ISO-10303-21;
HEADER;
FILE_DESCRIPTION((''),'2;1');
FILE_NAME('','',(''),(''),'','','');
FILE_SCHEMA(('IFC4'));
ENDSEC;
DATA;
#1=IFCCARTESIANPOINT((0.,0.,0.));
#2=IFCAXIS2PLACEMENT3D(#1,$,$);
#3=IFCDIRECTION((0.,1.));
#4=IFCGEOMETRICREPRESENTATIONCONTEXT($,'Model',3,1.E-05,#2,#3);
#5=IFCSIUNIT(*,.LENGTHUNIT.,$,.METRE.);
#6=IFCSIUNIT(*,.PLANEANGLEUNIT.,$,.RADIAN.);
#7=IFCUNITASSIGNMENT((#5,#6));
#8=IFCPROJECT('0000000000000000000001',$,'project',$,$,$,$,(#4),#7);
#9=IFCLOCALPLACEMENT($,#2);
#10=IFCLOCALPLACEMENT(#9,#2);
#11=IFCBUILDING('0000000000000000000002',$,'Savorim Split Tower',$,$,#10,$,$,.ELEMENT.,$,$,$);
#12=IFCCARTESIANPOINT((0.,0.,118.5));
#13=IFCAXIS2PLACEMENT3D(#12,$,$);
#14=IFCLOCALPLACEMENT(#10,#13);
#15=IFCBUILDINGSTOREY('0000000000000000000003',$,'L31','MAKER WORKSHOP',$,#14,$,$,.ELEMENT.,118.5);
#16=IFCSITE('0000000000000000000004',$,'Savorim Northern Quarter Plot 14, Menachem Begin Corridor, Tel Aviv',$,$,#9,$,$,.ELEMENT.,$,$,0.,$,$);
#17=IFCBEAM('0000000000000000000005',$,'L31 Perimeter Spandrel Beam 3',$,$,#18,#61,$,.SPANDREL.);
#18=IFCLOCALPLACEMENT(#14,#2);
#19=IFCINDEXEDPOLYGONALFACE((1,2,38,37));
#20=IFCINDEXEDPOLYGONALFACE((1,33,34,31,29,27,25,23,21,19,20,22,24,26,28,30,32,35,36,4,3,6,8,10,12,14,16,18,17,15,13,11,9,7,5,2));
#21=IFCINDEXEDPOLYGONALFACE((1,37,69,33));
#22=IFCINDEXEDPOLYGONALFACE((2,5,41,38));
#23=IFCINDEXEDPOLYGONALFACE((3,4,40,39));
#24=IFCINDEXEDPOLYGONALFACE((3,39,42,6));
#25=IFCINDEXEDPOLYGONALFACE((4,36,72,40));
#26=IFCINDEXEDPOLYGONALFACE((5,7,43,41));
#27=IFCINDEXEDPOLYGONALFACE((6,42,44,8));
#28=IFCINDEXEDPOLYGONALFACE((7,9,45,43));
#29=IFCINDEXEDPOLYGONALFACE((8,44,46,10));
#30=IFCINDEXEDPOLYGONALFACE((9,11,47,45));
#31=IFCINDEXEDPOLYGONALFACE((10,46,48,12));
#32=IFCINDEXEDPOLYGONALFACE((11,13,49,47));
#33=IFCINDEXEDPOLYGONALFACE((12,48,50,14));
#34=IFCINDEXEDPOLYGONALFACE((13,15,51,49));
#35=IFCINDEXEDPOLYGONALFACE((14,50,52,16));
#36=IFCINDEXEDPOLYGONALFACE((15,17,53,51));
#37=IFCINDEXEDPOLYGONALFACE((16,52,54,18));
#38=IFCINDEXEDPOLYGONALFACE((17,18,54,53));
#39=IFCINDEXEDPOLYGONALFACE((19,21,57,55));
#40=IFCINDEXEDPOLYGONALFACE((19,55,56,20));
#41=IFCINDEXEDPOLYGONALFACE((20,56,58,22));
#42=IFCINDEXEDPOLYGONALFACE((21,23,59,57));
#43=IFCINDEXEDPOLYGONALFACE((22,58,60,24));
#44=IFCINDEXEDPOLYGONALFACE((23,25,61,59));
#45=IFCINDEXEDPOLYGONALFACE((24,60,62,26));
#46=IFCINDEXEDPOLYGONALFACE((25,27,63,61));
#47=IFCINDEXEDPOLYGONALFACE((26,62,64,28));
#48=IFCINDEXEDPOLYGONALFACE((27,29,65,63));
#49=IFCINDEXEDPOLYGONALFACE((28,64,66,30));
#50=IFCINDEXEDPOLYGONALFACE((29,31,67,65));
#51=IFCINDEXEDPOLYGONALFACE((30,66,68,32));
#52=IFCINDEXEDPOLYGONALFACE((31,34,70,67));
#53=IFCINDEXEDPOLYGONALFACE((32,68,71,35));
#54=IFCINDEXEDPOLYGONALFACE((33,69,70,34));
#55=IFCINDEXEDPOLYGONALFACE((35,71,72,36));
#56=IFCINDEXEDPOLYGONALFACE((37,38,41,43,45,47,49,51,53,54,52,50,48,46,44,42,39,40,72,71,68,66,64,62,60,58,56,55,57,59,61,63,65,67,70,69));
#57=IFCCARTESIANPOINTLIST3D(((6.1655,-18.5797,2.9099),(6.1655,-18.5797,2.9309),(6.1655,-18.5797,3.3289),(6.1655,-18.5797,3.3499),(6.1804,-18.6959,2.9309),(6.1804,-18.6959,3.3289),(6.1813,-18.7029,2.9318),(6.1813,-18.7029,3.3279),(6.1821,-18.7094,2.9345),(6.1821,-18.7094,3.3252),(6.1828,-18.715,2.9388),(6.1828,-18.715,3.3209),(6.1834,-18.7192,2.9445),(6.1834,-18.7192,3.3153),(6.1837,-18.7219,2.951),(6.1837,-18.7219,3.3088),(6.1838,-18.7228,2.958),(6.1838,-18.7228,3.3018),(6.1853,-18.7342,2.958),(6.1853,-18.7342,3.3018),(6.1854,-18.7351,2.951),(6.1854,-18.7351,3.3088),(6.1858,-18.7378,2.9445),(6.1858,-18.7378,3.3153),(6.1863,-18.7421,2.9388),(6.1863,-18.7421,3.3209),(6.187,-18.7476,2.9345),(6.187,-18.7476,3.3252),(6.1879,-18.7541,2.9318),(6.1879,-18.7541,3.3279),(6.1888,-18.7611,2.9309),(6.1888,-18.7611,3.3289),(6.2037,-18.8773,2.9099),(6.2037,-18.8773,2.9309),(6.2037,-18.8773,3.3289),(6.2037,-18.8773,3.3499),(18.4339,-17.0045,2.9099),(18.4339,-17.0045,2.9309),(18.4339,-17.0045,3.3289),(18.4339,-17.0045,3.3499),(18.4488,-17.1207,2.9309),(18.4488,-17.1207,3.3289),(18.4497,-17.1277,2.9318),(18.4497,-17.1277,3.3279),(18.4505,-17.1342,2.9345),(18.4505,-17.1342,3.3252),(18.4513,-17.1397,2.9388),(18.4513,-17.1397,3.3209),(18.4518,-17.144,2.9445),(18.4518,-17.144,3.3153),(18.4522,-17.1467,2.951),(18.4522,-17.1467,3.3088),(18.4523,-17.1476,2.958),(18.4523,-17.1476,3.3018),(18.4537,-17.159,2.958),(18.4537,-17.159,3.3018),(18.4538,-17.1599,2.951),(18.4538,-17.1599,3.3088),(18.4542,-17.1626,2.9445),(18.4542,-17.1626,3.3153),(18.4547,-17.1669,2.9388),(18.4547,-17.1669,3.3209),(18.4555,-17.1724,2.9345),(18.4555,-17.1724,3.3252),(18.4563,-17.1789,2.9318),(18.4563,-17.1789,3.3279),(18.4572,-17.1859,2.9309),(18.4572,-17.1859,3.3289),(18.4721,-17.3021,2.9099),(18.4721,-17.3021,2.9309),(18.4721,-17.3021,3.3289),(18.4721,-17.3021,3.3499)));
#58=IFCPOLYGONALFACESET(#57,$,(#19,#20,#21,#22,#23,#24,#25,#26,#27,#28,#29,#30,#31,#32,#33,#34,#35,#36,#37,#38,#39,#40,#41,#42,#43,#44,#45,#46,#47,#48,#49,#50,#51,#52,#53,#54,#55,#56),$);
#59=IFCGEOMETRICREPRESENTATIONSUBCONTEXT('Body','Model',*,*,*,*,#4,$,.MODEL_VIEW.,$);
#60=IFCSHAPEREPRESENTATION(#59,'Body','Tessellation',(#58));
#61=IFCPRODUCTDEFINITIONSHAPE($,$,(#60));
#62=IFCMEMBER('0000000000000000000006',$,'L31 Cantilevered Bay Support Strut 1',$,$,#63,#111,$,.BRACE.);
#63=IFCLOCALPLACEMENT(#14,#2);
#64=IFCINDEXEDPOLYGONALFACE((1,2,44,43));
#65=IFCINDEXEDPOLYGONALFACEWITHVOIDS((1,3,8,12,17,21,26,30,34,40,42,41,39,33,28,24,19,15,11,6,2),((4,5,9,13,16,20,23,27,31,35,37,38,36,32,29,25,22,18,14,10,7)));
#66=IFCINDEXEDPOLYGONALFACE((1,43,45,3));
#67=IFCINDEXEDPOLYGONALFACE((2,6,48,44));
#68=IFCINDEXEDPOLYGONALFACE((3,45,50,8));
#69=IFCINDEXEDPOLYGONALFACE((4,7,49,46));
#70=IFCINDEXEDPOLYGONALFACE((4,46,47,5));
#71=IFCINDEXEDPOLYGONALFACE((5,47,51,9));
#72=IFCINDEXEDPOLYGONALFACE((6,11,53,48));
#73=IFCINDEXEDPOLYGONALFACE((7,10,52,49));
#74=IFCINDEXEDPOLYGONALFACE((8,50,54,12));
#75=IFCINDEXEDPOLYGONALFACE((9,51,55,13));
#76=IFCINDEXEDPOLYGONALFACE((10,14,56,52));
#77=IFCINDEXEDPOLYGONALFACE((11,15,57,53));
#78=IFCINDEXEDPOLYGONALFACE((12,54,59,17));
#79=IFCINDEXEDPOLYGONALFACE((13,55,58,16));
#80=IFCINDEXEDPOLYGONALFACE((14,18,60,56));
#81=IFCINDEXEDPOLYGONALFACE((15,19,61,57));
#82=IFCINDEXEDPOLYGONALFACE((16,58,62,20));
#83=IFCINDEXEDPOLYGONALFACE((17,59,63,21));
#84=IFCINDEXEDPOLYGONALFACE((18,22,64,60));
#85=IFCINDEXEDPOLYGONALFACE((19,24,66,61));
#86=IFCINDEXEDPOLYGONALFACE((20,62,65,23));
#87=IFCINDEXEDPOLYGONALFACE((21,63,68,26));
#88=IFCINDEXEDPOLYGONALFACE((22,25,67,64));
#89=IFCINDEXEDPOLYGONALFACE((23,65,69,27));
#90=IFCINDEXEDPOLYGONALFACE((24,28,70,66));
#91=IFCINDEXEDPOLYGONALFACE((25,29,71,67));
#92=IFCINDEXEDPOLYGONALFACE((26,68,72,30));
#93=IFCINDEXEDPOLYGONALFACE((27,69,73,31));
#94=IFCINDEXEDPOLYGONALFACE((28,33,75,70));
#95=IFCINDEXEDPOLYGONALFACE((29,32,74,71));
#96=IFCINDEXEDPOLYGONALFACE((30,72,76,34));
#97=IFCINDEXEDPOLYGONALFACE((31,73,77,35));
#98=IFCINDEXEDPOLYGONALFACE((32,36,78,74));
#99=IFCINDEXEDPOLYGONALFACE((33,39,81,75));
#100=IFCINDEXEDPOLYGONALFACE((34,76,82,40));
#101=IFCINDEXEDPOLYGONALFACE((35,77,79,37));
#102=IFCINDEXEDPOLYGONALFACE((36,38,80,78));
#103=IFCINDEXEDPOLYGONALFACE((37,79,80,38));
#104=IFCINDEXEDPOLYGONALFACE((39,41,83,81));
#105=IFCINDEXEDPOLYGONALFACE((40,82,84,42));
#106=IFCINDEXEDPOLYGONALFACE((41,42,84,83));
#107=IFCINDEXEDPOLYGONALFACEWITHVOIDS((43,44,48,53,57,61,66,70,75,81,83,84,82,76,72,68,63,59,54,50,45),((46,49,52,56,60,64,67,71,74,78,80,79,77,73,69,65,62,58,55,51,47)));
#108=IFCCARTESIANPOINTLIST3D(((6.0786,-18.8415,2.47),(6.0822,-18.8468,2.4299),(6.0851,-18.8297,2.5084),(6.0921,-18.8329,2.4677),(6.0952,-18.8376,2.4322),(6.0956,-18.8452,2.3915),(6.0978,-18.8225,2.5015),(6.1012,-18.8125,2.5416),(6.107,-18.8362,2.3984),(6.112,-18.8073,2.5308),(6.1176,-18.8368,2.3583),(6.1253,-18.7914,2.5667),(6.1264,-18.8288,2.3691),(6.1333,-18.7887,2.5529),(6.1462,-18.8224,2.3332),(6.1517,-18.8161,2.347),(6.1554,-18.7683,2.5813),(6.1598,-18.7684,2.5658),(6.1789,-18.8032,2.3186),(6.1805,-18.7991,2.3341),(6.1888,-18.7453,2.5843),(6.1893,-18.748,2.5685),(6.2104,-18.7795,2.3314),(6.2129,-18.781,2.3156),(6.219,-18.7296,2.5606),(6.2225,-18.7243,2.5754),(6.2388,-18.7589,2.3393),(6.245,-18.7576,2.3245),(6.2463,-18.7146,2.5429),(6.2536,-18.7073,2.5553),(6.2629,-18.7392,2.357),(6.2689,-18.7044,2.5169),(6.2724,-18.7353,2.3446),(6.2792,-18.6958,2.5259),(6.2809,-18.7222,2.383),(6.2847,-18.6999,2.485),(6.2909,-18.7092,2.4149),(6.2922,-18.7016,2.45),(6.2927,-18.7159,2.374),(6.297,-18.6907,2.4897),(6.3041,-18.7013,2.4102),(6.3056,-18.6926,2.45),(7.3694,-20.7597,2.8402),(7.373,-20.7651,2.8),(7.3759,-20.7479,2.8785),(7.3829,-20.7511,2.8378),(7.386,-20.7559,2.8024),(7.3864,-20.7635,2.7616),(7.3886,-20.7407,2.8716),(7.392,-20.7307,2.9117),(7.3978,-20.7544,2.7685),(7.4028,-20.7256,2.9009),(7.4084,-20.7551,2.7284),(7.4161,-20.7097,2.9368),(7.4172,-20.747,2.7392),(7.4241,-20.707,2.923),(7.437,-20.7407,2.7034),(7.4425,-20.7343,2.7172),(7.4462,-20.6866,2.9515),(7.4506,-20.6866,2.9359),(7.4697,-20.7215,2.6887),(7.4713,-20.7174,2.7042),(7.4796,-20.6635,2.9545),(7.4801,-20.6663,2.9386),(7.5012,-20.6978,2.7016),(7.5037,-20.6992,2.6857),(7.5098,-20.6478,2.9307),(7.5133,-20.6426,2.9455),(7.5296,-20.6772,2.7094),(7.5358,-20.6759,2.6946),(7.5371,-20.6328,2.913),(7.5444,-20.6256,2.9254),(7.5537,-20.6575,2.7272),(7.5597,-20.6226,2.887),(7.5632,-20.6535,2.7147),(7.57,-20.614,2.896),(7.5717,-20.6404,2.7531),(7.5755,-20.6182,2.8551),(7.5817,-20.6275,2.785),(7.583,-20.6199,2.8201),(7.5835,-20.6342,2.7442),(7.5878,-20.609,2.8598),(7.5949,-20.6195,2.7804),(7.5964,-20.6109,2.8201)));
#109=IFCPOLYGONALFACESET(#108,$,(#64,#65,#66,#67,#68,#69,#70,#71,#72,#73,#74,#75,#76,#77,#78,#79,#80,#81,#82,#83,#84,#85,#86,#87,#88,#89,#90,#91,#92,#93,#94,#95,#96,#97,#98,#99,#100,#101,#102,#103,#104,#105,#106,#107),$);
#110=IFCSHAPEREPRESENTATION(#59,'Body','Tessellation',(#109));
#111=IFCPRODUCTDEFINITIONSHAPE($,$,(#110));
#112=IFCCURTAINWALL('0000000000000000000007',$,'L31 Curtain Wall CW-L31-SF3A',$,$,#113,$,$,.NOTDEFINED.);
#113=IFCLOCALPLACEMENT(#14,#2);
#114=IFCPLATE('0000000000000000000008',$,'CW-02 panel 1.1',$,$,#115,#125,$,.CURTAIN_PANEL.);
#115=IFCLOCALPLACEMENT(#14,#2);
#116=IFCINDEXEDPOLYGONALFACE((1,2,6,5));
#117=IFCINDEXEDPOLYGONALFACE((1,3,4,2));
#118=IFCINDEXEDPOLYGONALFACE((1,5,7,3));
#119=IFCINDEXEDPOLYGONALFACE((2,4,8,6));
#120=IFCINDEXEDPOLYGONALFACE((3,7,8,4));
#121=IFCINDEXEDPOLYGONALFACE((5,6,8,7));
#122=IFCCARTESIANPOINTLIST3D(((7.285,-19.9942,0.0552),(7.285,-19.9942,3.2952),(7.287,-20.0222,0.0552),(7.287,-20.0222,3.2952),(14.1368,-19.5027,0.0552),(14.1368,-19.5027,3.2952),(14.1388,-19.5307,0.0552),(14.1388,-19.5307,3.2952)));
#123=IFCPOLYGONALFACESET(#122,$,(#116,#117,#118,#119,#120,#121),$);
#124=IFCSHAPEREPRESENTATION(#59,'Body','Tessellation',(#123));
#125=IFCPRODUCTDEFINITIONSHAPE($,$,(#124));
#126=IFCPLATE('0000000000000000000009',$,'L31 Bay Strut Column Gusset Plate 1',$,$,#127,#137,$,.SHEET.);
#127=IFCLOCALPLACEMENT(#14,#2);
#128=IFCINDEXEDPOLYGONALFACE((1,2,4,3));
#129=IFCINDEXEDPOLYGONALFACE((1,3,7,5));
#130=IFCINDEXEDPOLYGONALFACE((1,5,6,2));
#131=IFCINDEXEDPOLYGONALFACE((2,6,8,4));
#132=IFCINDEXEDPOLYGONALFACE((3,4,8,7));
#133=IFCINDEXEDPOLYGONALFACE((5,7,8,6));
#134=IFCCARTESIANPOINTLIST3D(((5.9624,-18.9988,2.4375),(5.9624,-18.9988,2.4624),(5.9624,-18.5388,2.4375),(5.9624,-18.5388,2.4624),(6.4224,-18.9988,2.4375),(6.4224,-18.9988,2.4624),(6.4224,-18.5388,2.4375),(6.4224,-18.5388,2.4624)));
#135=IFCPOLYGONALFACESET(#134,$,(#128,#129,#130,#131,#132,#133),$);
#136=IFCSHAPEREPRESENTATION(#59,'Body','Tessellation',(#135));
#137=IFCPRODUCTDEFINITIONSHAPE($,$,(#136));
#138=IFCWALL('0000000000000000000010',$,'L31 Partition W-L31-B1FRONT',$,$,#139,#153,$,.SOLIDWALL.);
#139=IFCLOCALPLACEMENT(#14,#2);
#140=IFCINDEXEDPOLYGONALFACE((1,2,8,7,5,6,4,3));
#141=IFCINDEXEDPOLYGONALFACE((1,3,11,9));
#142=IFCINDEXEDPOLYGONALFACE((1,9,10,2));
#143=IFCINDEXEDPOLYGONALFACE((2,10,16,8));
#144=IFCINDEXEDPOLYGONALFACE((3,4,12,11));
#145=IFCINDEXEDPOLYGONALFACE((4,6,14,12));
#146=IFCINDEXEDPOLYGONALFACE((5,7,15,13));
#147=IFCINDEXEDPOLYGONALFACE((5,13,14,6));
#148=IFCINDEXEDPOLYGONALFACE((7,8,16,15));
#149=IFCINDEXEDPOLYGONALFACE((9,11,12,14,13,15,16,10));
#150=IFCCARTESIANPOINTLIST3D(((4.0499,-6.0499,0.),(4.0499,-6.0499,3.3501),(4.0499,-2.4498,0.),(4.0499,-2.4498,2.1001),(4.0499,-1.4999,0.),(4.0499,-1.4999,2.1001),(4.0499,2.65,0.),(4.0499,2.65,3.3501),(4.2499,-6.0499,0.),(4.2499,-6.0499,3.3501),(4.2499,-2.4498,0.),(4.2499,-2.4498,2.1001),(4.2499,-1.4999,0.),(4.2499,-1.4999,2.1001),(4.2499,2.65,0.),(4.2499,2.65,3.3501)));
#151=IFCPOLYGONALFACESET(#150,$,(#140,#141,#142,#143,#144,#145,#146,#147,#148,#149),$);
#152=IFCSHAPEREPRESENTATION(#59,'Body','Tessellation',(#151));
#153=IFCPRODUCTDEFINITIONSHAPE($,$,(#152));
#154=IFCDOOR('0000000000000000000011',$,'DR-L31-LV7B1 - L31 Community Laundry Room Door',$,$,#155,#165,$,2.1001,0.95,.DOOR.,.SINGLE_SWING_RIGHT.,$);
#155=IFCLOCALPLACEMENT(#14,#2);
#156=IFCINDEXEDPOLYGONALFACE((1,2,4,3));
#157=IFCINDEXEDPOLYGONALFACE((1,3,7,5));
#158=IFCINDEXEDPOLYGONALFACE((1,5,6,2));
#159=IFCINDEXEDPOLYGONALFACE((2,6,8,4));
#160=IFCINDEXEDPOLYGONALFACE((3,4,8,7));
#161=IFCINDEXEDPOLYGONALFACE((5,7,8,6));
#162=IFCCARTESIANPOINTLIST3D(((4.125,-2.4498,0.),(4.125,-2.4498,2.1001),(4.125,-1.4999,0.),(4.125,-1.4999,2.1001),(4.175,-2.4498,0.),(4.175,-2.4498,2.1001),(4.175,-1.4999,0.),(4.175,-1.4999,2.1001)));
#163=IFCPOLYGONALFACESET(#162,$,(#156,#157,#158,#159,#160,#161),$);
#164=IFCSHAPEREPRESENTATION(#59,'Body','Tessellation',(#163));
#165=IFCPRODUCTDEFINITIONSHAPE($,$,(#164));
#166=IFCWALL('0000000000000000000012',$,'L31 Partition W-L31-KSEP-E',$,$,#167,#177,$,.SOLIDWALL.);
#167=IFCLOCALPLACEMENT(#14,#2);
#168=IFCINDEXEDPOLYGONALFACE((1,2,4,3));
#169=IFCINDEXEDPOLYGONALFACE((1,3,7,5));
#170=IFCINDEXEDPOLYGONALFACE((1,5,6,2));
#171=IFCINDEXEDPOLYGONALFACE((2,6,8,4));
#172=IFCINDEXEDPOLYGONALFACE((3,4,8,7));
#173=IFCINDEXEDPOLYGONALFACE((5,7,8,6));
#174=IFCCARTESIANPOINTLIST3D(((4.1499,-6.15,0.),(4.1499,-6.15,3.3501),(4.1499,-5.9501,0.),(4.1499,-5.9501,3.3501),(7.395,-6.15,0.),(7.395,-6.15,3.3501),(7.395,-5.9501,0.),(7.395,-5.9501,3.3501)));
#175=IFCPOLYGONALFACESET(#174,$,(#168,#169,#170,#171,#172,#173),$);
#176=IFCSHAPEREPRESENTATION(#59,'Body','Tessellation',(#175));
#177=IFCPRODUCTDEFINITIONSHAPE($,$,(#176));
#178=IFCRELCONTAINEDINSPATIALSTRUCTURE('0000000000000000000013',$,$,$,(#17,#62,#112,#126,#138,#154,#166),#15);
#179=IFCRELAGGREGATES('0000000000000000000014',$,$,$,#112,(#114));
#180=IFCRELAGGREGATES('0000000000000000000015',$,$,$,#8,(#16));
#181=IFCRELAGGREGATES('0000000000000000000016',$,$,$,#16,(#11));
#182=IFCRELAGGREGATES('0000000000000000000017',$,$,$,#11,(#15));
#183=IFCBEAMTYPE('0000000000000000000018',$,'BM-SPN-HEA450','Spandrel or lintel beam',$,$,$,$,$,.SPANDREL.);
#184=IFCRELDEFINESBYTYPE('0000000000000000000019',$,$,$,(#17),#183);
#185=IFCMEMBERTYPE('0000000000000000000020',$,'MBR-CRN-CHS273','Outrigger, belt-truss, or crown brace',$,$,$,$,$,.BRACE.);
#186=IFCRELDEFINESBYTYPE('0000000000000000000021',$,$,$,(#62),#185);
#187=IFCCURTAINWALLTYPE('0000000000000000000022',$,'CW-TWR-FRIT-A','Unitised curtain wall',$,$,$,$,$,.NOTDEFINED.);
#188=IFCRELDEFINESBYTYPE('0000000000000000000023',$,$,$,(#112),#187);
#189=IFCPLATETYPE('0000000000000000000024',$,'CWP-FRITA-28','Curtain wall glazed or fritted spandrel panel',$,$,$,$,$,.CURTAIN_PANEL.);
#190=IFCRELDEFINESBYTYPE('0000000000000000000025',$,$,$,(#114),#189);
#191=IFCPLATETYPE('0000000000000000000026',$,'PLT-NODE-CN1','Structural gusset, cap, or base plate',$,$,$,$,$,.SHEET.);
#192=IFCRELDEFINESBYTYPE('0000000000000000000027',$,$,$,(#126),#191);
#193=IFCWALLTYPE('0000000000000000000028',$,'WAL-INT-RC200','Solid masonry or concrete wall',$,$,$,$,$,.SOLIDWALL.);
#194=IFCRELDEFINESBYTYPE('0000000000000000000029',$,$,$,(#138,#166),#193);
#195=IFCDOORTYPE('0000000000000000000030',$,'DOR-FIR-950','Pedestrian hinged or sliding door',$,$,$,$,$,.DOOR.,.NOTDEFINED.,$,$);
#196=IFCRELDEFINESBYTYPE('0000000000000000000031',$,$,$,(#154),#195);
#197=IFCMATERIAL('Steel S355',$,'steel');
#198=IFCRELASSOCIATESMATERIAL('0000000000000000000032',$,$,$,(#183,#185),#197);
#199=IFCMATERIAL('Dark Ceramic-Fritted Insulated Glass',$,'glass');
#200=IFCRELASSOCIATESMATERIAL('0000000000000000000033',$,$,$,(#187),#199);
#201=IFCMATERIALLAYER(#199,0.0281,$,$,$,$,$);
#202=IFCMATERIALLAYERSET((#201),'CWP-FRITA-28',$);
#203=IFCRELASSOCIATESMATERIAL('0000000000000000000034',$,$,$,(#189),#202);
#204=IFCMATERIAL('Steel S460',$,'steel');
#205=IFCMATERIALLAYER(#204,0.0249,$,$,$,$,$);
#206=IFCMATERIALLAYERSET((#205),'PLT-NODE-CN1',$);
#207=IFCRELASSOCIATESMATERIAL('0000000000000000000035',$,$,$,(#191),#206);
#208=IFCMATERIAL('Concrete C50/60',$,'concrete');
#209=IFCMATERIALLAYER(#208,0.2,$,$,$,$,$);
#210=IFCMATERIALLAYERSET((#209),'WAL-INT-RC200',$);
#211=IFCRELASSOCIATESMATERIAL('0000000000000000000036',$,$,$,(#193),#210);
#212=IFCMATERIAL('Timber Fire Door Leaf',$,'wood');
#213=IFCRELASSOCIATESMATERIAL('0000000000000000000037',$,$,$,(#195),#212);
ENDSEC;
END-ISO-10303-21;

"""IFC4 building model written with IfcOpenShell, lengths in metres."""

from ifc_helpers import new_model, si_unit, direction, frame, frame_2d, origin, origin_2d, place, context, subcontext, project, spatial, rectangle, hollow_circle, i_section, extrude, material, layer, layer_set, material_profile, profile_set, type_object, element, fill, aggregate, save


model = new_model("IFC4")

# Units and contexts
model_context = context("Model", 3, precision=1e-05, world=origin(), true_north=direction((0.0, 1.0)))
body_context = subcontext(model_context, "Body", "Model", "MODEL_VIEW")
ifc_project = project(units=[si_unit("LENGTHUNIT", "METRE"), si_unit("PLANEANGLEUNIT", "RADIAN")], contexts=[model_context])

# Site, building, storey
site_placement = place(None, origin())
site = spatial("IfcSite", under=ifc_project, at=site_placement, Name="Savorim Northern Quarter Plot 14, Menachem Begin Corridor, Tel Aviv", CompositionType="ELEMENT", RefElevation=0.0)
building_placement = place(site_placement, origin())
building = spatial("IfcBuilding", under=site, at=building_placement, Name="Savorim Split Tower", CompositionType="ELEMENT")
storey_placement = place(building_placement, frame((0.0, 0.0, 118.5)))
storey = spatial("IfcBuildingStorey", under=building, at=storey_placement, Name="L31", Description="MAKER WORKSHOP", CompositionType="ELEMENT", Elevation=118.5)

# Shared definitions
ifc_material_1 = material(Name="Steel S460", Category="steel")

# Beam
ifc_material_2 = material(Name="Steel S355", Category="steel")
ifc_material_profile_1 = material_profile(ifc_material_2, i_section(OverallWidth=0.3, OverallDepth=0.4399, WebThickness=0.0115, FlangeThickness=0.021, FilletRadius=0.0271, at=origin_2d()), Name="HEA 450")
ifc_profile_set_1 = profile_set([ifc_material_profile_1], Name="Steel S355")
beam_type_1 = type_object("IfcBeamType", Name="BM-SPN-HEA450", Description="Spandrel or lintel beam", PredefinedType="SPANDREL", material=ifc_profile_set_1)
beam_1_placement = place(storey_placement, frame((6.1846, -18.7285, 3.1299), z_axis=(0.991858, 0.12735, 0.0), x_axis=(-0.12735, 0.991858, 0.0)))
element("IfcBeam", 1, at=beam_1_placement, inside=storey, type_object=beam_type_1, Name="L31 Perimeter Spandrel Beam 3", PredefinedType="SPANDREL", context=body_context, shape_type="SweptSolid", body=[
    extrude(i_section(OverallWidth=0.3, OverallDepth=0.4399, WebThickness=0.0115, FlangeThickness=0.021, FilletRadius=0.0271, at=origin_2d()), origin(), (0.0, 0.0, 1.0), 12.3691),
])

# Member
ifc_material_profile_2 = material_profile(ifc_material_2, hollow_circle(Radius=0.1365, WallThickness=0.0161, at=origin_2d()), Name="CHS 273x16")
ifc_profile_set_2 = profile_set([ifc_material_profile_2], Name="Steel S355")
member_type = type_object("IfcMemberType", Name="MBR-CRN-CHS273", Description="Outrigger, belt-truss, or crown brace", PredefinedType="BRACE", material=ifc_profile_set_2)
member_placement = place(storey_placement, frame((6.1924, -18.7688, 2.45), z_axis=(0.551259, -0.819224, 0.158068), x_axis=(0.829655, 0.558277, 0.0)))
element("IfcMember", 2, at=member_placement, inside=storey, type_object=member_type, Name="L31 Cantilevered Bay Support Strut 1", PredefinedType="BRACE", context=body_context, shape_type="SweptSolid", body=[
    extrude(hollow_circle(Radius=0.1365, WallThickness=0.0161, at=origin_2d()), origin(), (0.0, 0.0, 1.0), 2.3416),
])

# Curtain wall, plate
ifc_material_3 = material(Name="Dark Ceramic-Fritted Insulated Glass", Category="glass")
curtain_wall_type = type_object("IfcCurtainWallType", Name="CW-TWR-FRIT-A", Description="Unitised curtain wall", PredefinedType="NOTDEFINED", material=ifc_material_3)
curtain_wall_placement = place(storey_placement, origin())
curtain_wall = element("IfcCurtainWall", 3, at=curtain_wall_placement, inside=storey, type_object=curtain_wall_type, Name="L31 Curtain Wall CW-L31-SF3A", PredefinedType="NOTDEFINED")
ifc_layer_1 = layer(ifc_material_3, 0.0281)
ifc_layer_set_1 = layer_set([ifc_layer_1], Name="CWP-FRITA-28")
plate_type_1 = type_object("IfcPlateType", Name="CWP-FRITA-28", Description="Curtain wall glazed or fritted spandrel panel", PredefinedType="CURTAIN_PANEL", material=ifc_layer_set_1)
plate_1_placement = place(storey_placement, frame((10.7119, -19.7625, 0.0552), z_axis=(0.0, 0.0, 1.0), x_axis=(0.997437, 0.071549, 0.0)))
plate_1 = element("IfcPlate", 4, at=plate_1_placement, type_object=plate_type_1, Name="CW-02 panel 1.1", PredefinedType="CURTAIN_PANEL", context=body_context, shape_type="SweptSolid", body=[
    extrude(rectangle(XDim=6.8694, YDim=0.0281, at=origin_2d()), origin(), (0.0, 0.0, 1.0), 3.24),
])
aggregate(curtain_wall, [plate_1])

# Plate
ifc_layer_2 = layer(ifc_material_1, 0.0249)
ifc_layer_set_2 = layer_set([ifc_layer_2], Name="PLT-NODE-CN1")
plate_type_2 = type_object("IfcPlateType", Name="PLT-NODE-CN1", Description="Structural gusset, cap, or base plate", PredefinedType="SHEET", material=ifc_layer_set_2)
plate_2_placement = place(storey_placement, frame((6.1924, -18.7688, 2.4375), z_axis=(0.0, 0.0, 1.0), x_axis=(1.0, 0.0, 0.0)))
element("IfcPlate", 5, at=plate_2_placement, inside=storey, type_object=plate_type_2, Name="L31 Bay Strut Column Gusset Plate 1", PredefinedType="SHEET", context=body_context, shape_type="SweptSolid", body=[
    extrude(rectangle(XDim=0.46, YDim=0.46, at=origin_2d()), origin(), (0.0, 0.0, 1.0), 0.0249),
])

# Wall, opening, door
ifc_material_4 = material(Name="Concrete C50/60", Category="concrete")
ifc_layer_3 = layer(ifc_material_4, 0.2)
ifc_layer_set_3 = layer_set([ifc_layer_3], Name="WAL-INT-RC200")
wall_type_1 = type_object("IfcWallType", Name="WAL-INT-RC200", Description="Solid masonry or concrete wall", PredefinedType="SOLIDWALL", material=ifc_layer_set_3)
wall_1_placement = place(storey_placement, frame((4.1499, -6.05, 0.0), z_axis=(0.0, 0.0, 1.0), x_axis=(0.0, 1.0, 0.0)))
wall_1 = element("IfcWall", 6, at=wall_1_placement, inside=storey, type_object=wall_type_1, Name="L31 Partition W-L31-B1FRONT", PredefinedType="SOLIDWALL", context=body_context, shape_type="SweptSolid", body=[
    extrude(rectangle(XDim=8.7, YDim=0.2, at=frame_2d((4.3501, 0.0))), origin(), (0.0, 0.0, 1.0), 3.3501),
])
opening_1_placement = place(wall_1_placement, frame((3.6001, 0.0, 0.0)))
opening_1 = element("IfcOpeningElement", 7, at=opening_1_placement, cuts=wall_1, PredefinedType="OPENING", context=body_context, shape_type="SweptSolid", body=[
    extrude(rectangle(XDim=0.95, YDim=2.1001, at=frame_2d((0.4751, 1.05))), frame((0.0, 0.1099, 0.0), z_axis=(0.0, -1.0, 0.0), x_axis=(1.0, 0.0, 0.0)), (0.0, 0.0, 1.0), 0.22),
])
ifc_material_5 = material(Name="Timber Fire Door Leaf", Category="wood")
door_type_1 = type_object("IfcDoorType", Name="DOR-FIR-950", Description="Pedestrian hinged or sliding door", OperationType="NOTDEFINED", PredefinedType="DOOR", material=ifc_material_5)
door_1_placement = place(opening_1_placement, origin())
door_1 = element("IfcDoor", 8, at=door_1_placement, inside=storey, type_object=door_type_1, Name="DR-L31-LV7B1 - L31 Community Laundry Room Door", OperationType="SINGLE_SWING_RIGHT", OverallHeight=2.1001, OverallWidth=0.95, PredefinedType="DOOR", context=body_context, shape_type="SweptSolid", body=[
    extrude(rectangle(XDim=0.95, YDim=2.1001, at=frame_2d((0.4751, 1.05))), frame((0.0, 0.0249, 0.0), z_axis=(0.0, -1.0, 0.0), x_axis=(1.0, 0.0, 0.0)), (0.0, 0.0, 1.0), 0.05),
])
fill(opening_1, door_1)

# Wall
wall_2_placement = place(storey_placement, frame((4.1499, -6.05, 0.0), z_axis=(0.0, 0.0, 1.0), x_axis=(1.0, 0.0, 0.0)))
element("IfcWall", 9, at=wall_2_placement, inside=storey, type_object=wall_type_1, Name="L31 Partition W-L31-KSEP-E", PredefinedType="SOLIDWALL", context=body_context, shape_type="SweptSolid", body=[
    extrude(rectangle(XDim=3.2451, YDim=0.2, at=frame_2d((1.6226, 0.0))), origin(), (0.0, 0.0, 1.0), 3.3501),
])

save(model, "model.ifc")
